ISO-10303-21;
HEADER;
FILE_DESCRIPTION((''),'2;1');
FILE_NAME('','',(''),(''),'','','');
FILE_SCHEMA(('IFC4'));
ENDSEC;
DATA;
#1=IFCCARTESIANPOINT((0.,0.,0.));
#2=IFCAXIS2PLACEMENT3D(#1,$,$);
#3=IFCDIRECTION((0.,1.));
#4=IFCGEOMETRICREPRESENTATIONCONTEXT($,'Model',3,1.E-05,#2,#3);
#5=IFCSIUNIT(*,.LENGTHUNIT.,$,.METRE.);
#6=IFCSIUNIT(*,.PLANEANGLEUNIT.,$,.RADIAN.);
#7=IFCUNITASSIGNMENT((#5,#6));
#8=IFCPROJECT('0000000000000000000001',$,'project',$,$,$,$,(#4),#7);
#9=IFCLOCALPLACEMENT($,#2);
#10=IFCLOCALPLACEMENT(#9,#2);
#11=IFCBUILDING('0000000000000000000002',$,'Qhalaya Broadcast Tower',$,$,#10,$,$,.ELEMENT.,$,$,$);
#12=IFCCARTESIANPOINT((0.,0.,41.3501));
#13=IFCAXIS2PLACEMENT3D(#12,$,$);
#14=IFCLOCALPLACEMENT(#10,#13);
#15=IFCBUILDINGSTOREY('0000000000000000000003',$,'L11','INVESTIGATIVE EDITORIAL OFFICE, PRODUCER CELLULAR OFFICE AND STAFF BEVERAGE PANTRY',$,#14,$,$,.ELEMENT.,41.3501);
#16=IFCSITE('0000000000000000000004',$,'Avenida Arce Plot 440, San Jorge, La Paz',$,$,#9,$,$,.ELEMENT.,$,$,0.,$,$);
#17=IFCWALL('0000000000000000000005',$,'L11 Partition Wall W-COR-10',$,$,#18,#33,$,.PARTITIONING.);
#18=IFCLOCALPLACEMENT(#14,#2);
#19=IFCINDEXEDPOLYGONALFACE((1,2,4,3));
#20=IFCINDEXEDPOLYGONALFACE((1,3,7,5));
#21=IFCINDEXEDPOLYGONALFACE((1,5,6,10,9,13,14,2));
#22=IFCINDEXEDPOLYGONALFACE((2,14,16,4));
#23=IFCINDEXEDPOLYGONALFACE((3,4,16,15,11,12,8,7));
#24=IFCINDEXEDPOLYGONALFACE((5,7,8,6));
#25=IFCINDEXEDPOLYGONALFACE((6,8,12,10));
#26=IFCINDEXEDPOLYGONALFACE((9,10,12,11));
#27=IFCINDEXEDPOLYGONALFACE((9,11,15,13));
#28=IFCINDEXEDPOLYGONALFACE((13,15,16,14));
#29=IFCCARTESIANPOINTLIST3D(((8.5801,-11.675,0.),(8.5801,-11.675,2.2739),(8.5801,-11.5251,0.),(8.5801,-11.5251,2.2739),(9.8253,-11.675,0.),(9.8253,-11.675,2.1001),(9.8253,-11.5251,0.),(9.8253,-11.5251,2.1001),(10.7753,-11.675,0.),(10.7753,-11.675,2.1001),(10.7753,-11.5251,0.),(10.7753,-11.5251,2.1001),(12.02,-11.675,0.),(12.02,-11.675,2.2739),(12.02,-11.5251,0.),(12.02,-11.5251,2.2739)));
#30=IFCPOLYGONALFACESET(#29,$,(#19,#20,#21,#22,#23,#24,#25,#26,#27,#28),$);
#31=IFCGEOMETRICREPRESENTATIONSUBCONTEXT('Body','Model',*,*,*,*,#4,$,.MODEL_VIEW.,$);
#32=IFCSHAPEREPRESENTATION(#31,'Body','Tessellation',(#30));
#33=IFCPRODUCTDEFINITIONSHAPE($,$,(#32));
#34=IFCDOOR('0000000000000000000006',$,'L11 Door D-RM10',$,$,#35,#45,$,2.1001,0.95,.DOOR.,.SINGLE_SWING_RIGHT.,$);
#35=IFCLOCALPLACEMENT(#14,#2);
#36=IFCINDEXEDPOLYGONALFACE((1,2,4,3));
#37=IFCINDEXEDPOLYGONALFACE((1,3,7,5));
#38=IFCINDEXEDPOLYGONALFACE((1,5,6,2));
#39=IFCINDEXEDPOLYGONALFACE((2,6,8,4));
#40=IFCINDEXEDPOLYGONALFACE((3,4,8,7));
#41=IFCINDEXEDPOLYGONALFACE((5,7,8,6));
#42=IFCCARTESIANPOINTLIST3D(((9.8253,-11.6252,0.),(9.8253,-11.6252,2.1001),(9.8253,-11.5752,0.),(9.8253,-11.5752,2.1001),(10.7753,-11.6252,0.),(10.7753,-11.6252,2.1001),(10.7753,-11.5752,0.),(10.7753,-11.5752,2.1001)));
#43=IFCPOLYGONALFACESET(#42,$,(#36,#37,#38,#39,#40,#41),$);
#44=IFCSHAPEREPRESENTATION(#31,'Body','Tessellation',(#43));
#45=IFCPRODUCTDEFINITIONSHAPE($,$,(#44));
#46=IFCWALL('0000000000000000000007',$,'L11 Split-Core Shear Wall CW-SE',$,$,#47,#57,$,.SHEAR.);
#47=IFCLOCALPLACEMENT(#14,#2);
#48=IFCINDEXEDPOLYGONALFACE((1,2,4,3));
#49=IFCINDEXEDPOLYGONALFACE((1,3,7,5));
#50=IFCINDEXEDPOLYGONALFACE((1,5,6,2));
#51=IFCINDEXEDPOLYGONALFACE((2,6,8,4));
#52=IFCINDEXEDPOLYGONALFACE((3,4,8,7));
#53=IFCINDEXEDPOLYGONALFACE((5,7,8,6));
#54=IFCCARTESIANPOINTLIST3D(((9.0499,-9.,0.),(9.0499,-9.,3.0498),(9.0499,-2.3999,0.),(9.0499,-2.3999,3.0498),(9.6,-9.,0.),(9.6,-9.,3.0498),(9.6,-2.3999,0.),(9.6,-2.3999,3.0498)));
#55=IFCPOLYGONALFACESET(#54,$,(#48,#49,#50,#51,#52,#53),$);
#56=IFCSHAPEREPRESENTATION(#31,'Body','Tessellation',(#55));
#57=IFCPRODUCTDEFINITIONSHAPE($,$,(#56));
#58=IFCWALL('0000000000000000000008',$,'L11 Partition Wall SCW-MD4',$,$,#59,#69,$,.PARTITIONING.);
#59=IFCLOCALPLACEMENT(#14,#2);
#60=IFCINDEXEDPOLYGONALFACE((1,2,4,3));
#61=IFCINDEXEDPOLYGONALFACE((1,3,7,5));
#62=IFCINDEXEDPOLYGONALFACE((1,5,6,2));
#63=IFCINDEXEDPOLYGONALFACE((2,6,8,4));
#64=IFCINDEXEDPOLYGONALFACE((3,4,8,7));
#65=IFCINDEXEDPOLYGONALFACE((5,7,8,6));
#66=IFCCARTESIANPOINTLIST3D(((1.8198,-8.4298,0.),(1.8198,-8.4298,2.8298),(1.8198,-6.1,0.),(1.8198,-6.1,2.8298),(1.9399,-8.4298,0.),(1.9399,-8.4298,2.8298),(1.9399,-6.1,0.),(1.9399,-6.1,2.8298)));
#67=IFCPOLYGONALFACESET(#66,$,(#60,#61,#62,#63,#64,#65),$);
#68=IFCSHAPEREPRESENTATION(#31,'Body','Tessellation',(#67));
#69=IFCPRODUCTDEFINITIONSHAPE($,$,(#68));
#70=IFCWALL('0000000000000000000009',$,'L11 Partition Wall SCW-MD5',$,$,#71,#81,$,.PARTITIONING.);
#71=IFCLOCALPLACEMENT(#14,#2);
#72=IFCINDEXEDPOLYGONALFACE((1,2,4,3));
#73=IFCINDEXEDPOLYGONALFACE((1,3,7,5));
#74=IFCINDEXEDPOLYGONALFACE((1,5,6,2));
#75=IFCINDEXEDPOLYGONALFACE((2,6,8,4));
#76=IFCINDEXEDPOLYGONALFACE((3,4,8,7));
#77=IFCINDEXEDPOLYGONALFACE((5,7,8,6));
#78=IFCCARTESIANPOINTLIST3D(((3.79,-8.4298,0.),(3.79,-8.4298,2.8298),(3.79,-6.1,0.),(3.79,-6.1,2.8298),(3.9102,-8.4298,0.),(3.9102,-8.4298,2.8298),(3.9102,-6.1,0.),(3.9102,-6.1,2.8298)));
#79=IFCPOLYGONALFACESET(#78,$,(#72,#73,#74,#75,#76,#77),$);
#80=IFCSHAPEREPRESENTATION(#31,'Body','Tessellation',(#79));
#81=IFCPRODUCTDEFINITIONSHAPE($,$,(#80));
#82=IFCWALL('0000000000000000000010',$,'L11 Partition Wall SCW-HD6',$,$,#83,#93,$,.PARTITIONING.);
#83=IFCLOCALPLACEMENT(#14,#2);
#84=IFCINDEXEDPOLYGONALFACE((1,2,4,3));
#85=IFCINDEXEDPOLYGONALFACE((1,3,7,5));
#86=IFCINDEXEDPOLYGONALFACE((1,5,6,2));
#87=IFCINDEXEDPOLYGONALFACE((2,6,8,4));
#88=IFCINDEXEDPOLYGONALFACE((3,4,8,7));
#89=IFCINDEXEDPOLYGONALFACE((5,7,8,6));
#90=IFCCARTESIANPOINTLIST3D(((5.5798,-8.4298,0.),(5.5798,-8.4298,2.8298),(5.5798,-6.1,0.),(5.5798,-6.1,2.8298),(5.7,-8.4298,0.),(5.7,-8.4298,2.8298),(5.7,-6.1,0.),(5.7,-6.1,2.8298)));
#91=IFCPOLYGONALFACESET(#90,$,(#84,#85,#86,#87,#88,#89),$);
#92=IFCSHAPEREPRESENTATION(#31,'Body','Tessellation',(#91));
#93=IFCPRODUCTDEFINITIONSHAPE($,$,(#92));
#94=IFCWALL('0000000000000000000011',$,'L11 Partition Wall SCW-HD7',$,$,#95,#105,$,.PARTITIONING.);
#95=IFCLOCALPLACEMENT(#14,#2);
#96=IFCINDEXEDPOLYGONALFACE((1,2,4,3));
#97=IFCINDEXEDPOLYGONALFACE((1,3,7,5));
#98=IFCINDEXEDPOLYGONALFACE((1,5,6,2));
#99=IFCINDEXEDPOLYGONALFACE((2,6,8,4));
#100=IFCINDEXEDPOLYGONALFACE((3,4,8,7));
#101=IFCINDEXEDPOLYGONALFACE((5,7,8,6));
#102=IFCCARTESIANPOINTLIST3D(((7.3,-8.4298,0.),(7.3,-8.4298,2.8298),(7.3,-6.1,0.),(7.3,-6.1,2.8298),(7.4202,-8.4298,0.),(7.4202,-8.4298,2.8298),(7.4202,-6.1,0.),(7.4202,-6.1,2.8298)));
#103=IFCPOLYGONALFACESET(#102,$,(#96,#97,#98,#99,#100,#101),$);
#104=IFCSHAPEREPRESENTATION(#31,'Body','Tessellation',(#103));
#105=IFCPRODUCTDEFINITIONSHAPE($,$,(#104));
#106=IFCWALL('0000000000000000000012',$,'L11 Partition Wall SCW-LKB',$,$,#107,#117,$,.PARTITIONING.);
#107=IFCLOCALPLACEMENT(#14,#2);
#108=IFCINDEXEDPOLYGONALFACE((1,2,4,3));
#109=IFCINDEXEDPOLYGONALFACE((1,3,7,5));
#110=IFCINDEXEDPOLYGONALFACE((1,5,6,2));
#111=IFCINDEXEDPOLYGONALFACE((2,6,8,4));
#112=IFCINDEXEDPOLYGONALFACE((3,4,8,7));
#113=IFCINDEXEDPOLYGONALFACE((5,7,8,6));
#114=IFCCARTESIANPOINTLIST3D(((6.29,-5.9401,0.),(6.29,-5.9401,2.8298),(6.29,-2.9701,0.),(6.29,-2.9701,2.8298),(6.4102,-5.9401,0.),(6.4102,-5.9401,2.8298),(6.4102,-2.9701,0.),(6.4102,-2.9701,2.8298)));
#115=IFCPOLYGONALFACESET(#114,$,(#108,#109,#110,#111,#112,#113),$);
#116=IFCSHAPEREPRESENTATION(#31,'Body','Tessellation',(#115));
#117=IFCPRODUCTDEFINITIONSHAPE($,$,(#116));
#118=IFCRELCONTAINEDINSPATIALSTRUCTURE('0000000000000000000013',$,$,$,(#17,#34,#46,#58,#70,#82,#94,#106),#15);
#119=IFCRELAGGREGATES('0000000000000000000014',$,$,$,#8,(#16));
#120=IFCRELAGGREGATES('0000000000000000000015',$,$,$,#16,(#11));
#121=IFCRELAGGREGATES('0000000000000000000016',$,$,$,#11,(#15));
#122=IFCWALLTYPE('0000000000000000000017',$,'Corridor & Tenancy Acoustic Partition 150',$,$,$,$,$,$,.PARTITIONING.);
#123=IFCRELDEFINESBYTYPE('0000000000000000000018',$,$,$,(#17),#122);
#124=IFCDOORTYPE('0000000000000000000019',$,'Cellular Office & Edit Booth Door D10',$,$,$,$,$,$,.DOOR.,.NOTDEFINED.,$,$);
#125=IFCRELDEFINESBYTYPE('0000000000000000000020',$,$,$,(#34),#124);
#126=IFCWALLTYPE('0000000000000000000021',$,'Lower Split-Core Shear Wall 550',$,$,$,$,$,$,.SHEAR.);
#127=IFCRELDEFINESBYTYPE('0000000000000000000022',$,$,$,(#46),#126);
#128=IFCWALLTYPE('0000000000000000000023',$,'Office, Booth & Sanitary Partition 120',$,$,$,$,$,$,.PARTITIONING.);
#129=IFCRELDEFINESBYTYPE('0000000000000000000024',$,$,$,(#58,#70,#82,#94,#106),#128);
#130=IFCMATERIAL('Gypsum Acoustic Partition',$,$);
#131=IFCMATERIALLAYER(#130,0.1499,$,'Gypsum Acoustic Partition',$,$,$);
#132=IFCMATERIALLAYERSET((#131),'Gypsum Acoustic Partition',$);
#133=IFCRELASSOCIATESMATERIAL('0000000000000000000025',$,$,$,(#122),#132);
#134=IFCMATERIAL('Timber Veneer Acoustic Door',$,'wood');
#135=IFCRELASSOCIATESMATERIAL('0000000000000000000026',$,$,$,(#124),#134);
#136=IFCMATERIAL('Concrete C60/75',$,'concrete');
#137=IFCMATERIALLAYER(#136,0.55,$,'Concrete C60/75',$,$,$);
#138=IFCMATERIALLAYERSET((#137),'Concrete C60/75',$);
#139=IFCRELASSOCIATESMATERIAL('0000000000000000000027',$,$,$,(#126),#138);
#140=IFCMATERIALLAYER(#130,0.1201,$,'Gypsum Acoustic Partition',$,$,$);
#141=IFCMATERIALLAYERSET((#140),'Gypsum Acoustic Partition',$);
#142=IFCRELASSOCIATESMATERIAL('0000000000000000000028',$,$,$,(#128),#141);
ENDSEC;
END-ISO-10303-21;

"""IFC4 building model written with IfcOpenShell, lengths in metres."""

from ifc_helpers import new_model, si_unit, direction, frame, frame_2d, origin, place, context, subcontext, project, spatial, rectangle, extrude, material, layer, layer_set, type_object, element, fill, save


model = new_model("IFC4")

# Units and contexts
model_context = context("Model", 3, precision=1e-05, world=origin(), true_north=direction((0.0, 1.0)))
body_context = subcontext(model_context, "Body", "Model", "MODEL_VIEW")
ifc_project = project(units=[si_unit("LENGTHUNIT", "METRE"), si_unit("PLANEANGLEUNIT", "RADIAN")], contexts=[model_context])

# Site, building, storey
site_placement = place(None, origin())
site = spatial("IfcSite", under=ifc_project, at=site_placement, Name="Avenida Arce Plot 440, San Jorge, La Paz", CompositionType="ELEMENT", RefElevation=0.0)
building_placement = place(site_placement, origin())
building = spatial("IfcBuilding", under=site, at=building_placement, Name="Qhalaya Broadcast Tower", CompositionType="ELEMENT")
storey_placement = place(building_placement, frame((0.0, 0.0, 41.3501)))
storey = spatial("IfcBuildingStorey", under=building, at=storey_placement, Name="L11", Description="INVESTIGATIVE EDITORIAL OFFICE, PRODUCER CELLULAR OFFICE AND STAFF BEVERAGE PANTRY", CompositionType="ELEMENT", Elevation=41.3501)

# Wall, opening, door
ifc_material_1 = material(Name="Gypsum Acoustic Partition")
ifc_layer_1 = layer(ifc_material_1, 0.1499, Name="Gypsum Acoustic Partition")
ifc_layer_set_1 = layer_set([ifc_layer_1], Name="Gypsum Acoustic Partition")
wall_type_1 = type_object("IfcWallType", Name="Corridor & Tenancy Acoustic Partition 150", PredefinedType="PARTITIONING", material=ifc_layer_set_1)
wall_1_placement = place(storey_placement, frame((8.5801, -11.6001, 0.0), z_axis=(0.0, 0.0, 1.0), x_axis=(1.0, 0.0, 0.0)))
wall_1 = element("IfcWall", 1, at=wall_1_placement, inside=storey, type_object=wall_type_1, Name="L11 Partition Wall W-COR-10", PredefinedType="PARTITIONING", context=body_context, shape_type="SweptSolid", body=[
    extrude(rectangle(XDim=3.4399, YDim=0.1499, at=frame_2d((1.72, 0.0))), origin(), (0.0, 0.0, 1.0), 2.2739),
])
opening_1_placement = place(wall_1_placement, frame((1.2451, 0.0, 0.0)))
opening_1 = element("IfcOpeningElement", 2, at=opening_1_placement, cuts=wall_1, PredefinedType="OPENING", context=body_context, shape_type="SweptSolid", body=[
    extrude(rectangle(XDim=0.95, YDim=2.1001, at=frame_2d((0.4751, 1.05))), frame((0.0, 0.0869, 0.0), z_axis=(0.0, -1.0, 0.0), x_axis=(1.0, 0.0, 0.0)), (0.0, 0.0, 1.0), 0.1738),
])
ifc_material_2 = material(Name="Timber Veneer Acoustic Door", Category="wood")
door_type_1 = type_object("IfcDoorType", Name="Cellular Office & Edit Booth Door D10", OperationType="NOTDEFINED", PredefinedType="DOOR", material=ifc_material_2)
door_1_placement = place(opening_1_placement, origin())
door_1 = element("IfcDoor", 3, at=door_1_placement, inside=storey, type_object=door_type_1, Name="L11 Door D-RM10", OperationType="SINGLE_SWING_RIGHT", OverallHeight=2.1001, OverallWidth=0.95, PredefinedType="DOOR", context=body_context, shape_type="SweptSolid", body=[
    extrude(rectangle(XDim=0.95, YDim=2.1001, at=frame_2d((0.4751, 1.05))), frame((0.0, 0.0249, 0.0), z_axis=(0.0, -1.0, 0.0), x_axis=(1.0, 0.0, 0.0)), (0.0, 0.0, 1.0), 0.05),
])
fill(opening_1, door_1)

# Walls
ifc_material_3 = material(Name="Concrete C60/75", Category="concrete")
ifc_layer_2 = layer(ifc_material_3, 0.55, Name="Concrete C60/75")
ifc_layer_set_2 = layer_set([ifc_layer_2], Name="Concrete C60/75")
wall_type_2 = type_object("IfcWallType", Name="Lower Split-Core Shear Wall 550", PredefinedType="SHEAR", material=ifc_layer_set_2)
wall_2_placement = place(storey_placement, frame((9.325, -9.0, 0.0), z_axis=(0.0, 0.0, 1.0), x_axis=(0.0, 1.0, 0.0)))
element("IfcWall", 4, at=wall_2_placement, inside=storey, type_object=wall_type_2, Name="L11 Split-Core Shear Wall CW-SE", PredefinedType="SHEAR", context=body_context, shape_type="SweptSolid", body=[
    extrude(rectangle(XDim=6.6001, YDim=0.55, at=frame_2d((3.3, 0.0))), origin(), (0.0, 0.0, 1.0), 3.0498),
])
ifc_layer_3 = layer(ifc_material_1, 0.1201, Name="Gypsum Acoustic Partition")
ifc_layer_set_3 = layer_set([ifc_layer_3], Name="Gypsum Acoustic Partition")
wall_type_3 = type_object("IfcWallType", Name="Office, Booth & Sanitary Partition 120", PredefinedType="PARTITIONING", material=ifc_layer_set_3)
for number, where, z_axis, x_axis, name in (
    (5, (1.8799, -8.4299, 0.0), (0.0, 0.0, 1.0), (0.0, 1.0, 0.0), "L11 Partition Wall SCW-MD4"),
    (6, (3.8501, -8.4299, 0.0), (0.0, 0.0, 1.0), (0.0, 1.0, 0.0), "L11 Partition Wall SCW-MD5"),
    (7, (5.6399, -8.4299, 0.0), (0.0, 0.0, 1.0), (0.0, 1.0, 0.0), "L11 Partition Wall SCW-HD6"),
    (8, (7.3601, -8.4299, 0.0), (0.0, 0.0, 1.0), (0.0, 1.0, 0.0), "L11 Partition Wall SCW-HD7"),
):
    element("IfcWall", number, at=place(storey_placement, frame(where, z_axis=z_axis, x_axis=x_axis)), inside=storey, type_object=wall_type_3, Name=name, PredefinedType="PARTITIONING", context=body_context, shape_type="SweptSolid", body=[
        extrude(rectangle(XDim=2.3298, YDim=0.1201, at=frame_2d((1.165, 0.0))), origin(), (0.0, 0.0, 1.0), 2.8298),
    ])
wall_3_placement = place(storey_placement, frame((6.3501, -5.9399, 0.0), z_axis=(0.0, 0.0, 1.0), x_axis=(0.0, 1.0, 0.0)))
element("IfcWall", 9, at=wall_3_placement, inside=storey, type_object=wall_type_3, Name="L11 Partition Wall SCW-LKB", PredefinedType="PARTITIONING", context=body_context, shape_type="SweptSolid", body=[
    extrude(rectangle(XDim=2.97, YDim=0.1201, at=frame_2d((1.4849, 0.0))), origin(), (0.0, 0.0, 1.0), 2.8298),
])

save(model, "model.ifc")
